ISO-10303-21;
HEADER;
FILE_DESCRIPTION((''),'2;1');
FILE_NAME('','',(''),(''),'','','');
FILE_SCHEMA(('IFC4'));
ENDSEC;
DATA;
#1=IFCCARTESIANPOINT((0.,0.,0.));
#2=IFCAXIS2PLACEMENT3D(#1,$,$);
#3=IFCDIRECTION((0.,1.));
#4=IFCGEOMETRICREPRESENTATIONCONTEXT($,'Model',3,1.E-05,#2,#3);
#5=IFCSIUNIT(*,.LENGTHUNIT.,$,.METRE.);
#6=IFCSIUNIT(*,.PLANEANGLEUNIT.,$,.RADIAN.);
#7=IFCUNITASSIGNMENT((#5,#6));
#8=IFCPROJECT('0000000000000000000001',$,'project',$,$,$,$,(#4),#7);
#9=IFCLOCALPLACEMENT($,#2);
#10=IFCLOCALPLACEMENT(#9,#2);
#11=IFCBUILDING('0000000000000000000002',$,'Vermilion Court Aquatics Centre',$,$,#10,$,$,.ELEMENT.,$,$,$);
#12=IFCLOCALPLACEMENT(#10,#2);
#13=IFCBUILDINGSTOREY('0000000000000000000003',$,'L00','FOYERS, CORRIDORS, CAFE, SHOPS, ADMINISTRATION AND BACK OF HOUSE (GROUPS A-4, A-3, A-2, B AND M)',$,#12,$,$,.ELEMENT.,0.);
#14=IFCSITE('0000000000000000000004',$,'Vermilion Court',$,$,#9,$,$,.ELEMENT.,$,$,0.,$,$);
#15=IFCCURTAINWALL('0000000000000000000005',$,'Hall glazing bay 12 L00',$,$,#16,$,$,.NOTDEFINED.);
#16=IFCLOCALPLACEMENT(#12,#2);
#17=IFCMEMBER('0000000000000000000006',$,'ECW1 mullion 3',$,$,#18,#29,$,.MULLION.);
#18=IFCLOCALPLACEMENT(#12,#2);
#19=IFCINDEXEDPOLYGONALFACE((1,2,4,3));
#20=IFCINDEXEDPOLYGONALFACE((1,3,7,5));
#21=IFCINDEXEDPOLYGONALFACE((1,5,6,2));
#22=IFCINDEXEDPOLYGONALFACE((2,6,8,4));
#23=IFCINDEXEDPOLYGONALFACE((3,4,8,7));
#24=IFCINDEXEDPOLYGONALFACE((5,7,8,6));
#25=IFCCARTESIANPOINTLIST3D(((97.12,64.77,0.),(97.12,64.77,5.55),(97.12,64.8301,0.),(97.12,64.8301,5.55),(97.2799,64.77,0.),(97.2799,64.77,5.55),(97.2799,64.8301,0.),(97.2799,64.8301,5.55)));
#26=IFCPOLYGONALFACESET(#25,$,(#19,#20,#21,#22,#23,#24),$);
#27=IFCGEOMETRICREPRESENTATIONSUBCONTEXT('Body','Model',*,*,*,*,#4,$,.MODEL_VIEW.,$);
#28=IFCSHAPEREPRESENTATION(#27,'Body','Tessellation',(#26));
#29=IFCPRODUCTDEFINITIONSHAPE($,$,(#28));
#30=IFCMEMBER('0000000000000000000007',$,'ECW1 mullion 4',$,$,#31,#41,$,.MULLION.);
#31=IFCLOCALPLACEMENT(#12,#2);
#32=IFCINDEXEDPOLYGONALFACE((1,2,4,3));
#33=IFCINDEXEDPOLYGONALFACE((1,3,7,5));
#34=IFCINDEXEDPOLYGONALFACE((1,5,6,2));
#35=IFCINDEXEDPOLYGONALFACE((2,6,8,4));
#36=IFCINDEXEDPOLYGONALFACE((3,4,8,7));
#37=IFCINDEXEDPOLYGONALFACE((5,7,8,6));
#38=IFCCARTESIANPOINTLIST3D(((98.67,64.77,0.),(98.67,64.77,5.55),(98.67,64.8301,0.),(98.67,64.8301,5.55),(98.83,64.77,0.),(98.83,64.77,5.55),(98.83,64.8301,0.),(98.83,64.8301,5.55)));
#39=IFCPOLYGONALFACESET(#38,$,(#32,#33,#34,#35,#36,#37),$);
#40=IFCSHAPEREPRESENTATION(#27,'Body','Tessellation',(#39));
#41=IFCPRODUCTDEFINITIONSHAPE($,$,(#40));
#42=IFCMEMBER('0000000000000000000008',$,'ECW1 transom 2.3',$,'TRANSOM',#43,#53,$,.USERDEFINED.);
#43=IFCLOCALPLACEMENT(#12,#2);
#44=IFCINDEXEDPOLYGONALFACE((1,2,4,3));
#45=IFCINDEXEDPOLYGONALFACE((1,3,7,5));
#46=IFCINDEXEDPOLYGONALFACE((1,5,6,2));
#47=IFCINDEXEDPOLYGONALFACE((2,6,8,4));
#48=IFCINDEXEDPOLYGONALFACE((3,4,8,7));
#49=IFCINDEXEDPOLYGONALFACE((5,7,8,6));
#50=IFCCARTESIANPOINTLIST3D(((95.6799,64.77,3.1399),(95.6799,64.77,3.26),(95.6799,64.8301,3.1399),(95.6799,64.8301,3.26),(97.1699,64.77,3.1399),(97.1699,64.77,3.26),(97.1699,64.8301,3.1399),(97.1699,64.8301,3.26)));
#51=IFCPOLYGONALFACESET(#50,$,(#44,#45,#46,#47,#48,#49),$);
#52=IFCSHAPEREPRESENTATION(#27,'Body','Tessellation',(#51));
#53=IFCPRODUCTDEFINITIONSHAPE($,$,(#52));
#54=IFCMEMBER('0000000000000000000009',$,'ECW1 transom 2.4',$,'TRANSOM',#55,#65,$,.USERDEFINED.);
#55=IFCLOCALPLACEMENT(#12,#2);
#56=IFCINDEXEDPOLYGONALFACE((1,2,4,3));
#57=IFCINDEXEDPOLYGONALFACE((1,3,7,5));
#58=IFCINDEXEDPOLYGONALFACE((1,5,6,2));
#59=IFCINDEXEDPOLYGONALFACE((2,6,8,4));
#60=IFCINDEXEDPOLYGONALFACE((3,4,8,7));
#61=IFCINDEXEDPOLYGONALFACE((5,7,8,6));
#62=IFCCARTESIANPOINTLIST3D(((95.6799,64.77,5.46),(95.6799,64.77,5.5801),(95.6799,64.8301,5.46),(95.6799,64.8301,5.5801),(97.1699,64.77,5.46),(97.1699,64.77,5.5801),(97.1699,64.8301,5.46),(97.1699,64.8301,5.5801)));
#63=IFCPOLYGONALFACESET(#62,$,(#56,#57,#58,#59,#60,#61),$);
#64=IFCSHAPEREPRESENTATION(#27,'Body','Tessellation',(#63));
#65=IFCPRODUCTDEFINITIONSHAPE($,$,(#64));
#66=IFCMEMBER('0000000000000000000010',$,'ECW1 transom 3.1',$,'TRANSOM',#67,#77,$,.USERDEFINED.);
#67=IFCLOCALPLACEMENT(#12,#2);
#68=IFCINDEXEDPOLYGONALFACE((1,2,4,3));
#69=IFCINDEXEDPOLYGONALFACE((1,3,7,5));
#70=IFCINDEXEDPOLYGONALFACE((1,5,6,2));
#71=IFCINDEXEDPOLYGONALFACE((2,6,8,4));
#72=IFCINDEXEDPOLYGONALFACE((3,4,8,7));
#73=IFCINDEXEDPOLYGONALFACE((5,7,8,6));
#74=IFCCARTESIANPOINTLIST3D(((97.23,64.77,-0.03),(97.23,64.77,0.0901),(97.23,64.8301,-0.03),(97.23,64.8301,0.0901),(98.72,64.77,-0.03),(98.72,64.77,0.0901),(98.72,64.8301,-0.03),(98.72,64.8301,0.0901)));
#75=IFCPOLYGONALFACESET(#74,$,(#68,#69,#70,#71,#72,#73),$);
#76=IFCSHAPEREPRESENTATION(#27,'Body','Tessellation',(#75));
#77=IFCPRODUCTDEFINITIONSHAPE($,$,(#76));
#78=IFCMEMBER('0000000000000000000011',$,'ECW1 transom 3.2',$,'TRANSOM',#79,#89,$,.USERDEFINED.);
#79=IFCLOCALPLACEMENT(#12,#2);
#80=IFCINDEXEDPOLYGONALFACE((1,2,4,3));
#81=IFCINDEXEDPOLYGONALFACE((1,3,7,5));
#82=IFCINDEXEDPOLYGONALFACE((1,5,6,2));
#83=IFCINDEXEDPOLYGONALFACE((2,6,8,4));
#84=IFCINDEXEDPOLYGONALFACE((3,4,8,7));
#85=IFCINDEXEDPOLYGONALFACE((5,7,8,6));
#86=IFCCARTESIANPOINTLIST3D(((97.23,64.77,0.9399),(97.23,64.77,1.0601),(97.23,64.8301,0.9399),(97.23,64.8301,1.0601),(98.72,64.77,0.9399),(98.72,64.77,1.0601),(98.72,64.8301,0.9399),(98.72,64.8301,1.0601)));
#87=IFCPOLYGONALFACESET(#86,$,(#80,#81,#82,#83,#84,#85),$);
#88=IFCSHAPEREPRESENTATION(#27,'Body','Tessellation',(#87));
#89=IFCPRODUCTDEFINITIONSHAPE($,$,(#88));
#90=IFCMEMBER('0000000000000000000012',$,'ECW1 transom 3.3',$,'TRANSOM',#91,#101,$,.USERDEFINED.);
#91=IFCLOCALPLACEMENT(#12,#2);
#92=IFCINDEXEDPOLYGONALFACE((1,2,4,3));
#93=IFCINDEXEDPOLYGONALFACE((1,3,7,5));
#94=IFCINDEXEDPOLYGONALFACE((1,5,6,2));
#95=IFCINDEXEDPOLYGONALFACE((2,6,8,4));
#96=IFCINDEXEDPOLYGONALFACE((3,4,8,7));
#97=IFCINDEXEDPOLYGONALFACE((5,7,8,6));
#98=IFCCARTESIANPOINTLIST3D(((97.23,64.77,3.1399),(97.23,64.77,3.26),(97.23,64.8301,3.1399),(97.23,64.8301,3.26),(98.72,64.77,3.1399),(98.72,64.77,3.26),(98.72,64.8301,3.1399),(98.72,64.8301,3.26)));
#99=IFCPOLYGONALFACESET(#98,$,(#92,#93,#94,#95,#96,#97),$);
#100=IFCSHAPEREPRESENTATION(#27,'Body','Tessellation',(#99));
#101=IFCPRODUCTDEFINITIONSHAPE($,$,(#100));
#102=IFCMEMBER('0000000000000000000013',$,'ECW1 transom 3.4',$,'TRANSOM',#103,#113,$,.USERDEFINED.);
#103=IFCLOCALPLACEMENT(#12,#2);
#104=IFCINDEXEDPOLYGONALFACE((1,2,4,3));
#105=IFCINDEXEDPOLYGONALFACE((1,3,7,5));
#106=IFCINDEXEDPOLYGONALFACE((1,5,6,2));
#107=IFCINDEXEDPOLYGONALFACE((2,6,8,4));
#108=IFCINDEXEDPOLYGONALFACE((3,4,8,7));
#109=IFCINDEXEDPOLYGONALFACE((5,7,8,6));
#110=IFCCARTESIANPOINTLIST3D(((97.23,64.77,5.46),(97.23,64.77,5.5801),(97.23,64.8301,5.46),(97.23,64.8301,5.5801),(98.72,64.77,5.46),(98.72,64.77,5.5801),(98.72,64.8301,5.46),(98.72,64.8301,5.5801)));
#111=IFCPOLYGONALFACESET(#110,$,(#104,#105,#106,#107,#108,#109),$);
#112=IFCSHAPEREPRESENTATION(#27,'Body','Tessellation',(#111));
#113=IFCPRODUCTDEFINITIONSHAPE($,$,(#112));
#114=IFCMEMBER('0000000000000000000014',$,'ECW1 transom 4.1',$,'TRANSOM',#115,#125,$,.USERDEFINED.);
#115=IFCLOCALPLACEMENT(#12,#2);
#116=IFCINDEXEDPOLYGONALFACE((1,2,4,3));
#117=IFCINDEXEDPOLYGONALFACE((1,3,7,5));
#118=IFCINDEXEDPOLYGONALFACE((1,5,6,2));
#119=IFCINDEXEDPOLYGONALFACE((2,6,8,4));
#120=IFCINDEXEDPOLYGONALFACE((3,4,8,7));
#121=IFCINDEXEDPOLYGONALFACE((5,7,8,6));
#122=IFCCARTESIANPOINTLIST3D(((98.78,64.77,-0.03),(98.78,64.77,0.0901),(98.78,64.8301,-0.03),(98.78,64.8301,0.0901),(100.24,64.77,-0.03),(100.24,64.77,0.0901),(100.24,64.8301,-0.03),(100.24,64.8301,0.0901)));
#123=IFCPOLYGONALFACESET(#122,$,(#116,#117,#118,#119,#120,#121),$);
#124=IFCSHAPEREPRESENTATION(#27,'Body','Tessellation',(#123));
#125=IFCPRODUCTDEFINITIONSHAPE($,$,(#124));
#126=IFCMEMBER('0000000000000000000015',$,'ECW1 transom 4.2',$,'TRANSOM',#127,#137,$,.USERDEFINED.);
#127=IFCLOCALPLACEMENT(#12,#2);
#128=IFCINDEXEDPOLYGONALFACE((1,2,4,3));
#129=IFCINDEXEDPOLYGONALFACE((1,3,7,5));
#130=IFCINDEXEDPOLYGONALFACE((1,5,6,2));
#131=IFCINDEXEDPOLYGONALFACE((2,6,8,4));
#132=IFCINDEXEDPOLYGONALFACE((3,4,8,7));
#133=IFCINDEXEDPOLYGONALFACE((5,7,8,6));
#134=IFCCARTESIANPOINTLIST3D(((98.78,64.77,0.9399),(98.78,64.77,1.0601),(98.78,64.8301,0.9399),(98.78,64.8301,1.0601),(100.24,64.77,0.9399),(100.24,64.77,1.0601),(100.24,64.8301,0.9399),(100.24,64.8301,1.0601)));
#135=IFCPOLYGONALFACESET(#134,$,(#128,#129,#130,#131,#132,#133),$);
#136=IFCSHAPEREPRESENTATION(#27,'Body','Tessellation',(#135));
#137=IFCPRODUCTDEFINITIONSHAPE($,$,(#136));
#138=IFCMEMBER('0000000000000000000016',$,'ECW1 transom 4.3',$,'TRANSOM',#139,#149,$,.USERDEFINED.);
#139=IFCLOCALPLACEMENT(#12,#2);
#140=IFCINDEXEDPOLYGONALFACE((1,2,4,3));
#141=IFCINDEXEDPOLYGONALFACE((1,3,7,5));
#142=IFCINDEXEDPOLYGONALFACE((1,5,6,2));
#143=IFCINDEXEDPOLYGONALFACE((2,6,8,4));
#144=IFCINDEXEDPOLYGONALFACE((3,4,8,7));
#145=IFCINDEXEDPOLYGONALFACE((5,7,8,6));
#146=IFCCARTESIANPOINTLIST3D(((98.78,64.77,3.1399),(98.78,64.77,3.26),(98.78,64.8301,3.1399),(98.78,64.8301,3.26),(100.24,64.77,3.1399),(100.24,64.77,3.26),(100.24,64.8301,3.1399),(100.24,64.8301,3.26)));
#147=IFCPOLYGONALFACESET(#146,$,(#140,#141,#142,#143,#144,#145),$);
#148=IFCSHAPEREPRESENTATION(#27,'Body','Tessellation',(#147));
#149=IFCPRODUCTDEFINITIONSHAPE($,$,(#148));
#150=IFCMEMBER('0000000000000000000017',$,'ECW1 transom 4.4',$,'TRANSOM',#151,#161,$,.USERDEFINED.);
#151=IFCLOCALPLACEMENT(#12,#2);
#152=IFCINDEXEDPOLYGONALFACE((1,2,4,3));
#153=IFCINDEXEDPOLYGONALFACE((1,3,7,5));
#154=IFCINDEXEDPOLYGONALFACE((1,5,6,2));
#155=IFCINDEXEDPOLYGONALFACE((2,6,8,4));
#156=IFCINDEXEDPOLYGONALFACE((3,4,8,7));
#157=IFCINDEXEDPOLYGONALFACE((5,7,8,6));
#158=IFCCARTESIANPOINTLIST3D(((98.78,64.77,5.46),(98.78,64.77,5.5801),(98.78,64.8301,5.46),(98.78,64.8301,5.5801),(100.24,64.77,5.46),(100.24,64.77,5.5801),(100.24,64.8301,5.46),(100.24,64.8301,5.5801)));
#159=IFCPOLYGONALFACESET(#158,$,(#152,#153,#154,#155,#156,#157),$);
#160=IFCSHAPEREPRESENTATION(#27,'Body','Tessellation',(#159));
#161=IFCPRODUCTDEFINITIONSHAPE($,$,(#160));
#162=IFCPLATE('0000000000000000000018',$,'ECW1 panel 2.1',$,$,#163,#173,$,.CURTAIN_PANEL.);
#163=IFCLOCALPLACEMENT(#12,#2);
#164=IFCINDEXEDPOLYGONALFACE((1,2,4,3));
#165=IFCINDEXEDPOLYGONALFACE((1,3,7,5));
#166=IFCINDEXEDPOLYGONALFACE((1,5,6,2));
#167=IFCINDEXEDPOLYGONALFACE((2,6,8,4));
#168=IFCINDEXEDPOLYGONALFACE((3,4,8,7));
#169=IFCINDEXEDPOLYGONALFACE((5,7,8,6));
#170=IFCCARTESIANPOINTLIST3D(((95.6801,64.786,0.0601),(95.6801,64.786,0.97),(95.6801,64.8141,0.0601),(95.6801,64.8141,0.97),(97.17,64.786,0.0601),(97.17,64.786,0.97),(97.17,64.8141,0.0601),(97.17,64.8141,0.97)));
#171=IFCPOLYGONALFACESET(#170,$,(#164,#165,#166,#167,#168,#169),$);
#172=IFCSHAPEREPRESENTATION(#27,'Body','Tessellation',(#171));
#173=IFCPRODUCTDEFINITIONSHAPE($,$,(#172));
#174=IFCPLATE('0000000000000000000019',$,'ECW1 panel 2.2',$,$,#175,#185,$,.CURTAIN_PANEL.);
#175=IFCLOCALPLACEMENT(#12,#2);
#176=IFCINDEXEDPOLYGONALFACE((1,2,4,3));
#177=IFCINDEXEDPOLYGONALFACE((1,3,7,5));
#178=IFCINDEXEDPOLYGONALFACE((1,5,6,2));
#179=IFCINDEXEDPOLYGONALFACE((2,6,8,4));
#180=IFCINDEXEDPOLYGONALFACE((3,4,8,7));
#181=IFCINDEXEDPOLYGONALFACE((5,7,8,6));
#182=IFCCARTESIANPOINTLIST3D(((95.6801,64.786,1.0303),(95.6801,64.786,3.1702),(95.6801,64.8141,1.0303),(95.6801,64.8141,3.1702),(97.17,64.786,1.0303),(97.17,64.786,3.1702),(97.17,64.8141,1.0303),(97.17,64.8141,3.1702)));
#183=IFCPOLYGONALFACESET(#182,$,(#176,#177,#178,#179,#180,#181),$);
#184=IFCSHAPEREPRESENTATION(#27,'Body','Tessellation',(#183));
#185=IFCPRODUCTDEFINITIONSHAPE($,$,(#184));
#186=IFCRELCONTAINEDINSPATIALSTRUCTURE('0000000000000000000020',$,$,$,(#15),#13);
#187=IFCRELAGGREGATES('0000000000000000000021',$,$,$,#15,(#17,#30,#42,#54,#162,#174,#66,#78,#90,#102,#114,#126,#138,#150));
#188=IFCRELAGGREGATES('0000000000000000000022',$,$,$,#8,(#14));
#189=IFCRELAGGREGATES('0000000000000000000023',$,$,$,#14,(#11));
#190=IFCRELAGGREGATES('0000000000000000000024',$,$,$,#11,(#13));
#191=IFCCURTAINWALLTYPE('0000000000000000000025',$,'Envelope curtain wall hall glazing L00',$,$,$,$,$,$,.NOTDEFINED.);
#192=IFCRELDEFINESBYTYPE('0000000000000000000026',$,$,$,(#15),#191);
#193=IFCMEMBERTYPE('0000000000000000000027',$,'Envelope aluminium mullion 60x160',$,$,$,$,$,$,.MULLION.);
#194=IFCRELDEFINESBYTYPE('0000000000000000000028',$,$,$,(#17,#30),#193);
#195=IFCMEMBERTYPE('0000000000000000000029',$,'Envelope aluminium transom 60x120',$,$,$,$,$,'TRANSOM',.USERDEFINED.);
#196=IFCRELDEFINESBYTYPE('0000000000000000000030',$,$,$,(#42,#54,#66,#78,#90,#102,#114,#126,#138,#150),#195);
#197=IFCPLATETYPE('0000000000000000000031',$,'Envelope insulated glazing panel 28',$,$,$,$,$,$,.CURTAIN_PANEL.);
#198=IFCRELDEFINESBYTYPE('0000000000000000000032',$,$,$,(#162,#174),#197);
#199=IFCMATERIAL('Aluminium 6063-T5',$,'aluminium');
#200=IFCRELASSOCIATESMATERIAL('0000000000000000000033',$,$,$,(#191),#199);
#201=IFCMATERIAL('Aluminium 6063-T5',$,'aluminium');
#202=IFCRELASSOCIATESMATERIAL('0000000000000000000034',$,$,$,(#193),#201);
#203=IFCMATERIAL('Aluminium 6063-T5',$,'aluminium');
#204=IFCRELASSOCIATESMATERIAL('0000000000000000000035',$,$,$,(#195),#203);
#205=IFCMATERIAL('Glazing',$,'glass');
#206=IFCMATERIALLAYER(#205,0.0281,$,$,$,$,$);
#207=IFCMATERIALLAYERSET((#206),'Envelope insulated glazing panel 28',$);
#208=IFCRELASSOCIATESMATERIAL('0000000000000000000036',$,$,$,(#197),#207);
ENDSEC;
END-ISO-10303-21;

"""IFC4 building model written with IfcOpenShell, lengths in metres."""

from ifc_helpers import new_model, si_unit, direction, frame, origin, origin_2d, place, context, subcontext, project, spatial, rectangle, extrude, material, layer, layer_set, material_profile, profile_set, type_object, element, aggregate, save


model = new_model("IFC4")

# Units and contexts
model_context = context("Model", 3, precision=1e-05, world=origin(), true_north=direction((0.0, 1.0)))
body_context = subcontext(model_context, "Body", "Model", "MODEL_VIEW")
ifc_project = project(units=[si_unit("LENGTHUNIT", "METRE"), si_unit("PLANEANGLEUNIT", "RADIAN")], contexts=[model_context])

# Site, building, storey
site_placement = place(None, origin())
site = spatial("IfcSite", under=ifc_project, at=site_placement, Name="Vermilion Court", CompositionType="ELEMENT", RefElevation=0.0)
building_placement = place(site_placement, origin())
building = spatial("IfcBuilding", under=site, at=building_placement, Name="Vermilion Court Aquatics Centre", CompositionType="ELEMENT")
storey_placement = place(building_placement, origin())
storey = spatial("IfcBuildingStorey", under=building, at=storey_placement, Name="L00", Description="FOYERS, CORRIDORS, CAFE, SHOPS, ADMINISTRATION AND BACK OF HOUSE (GROUPS A-4, A-3, A-2, B AND M)", CompositionType="ELEMENT", Elevation=0.0)

# Curtain wall, members, plates
ifc_material_1 = material(Name="Aluminium 6063-T5", Category="aluminium")
curtain_wall_type = type_object("IfcCurtainWallType", Name="Envelope curtain wall hall glazing L00", PredefinedType="NOTDEFINED", material=ifc_material_1)
curtain_wall_placement = place(storey_placement, origin())
curtain_wall = element("IfcCurtainWall", 1, at=curtain_wall_placement, inside=storey, type_object=curtain_wall_type, Name="Hall glazing bay 12 L00", PredefinedType="NOTDEFINED")
ifc_material_2 = material(Name="Aluminium 6063-T5", Category="aluminium")
ifc_material_profile_1 = material_profile(ifc_material_2, rectangle(XDim=0.0601, YDim=0.1599, at=origin_2d()), Name="AL 60x160")
ifc_profile_set_1 = profile_set([ifc_material_profile_1], Name="Aluminium 6063-T5")
member_type_1 = type_object("IfcMemberType", Name="Envelope aluminium mullion 60x160", PredefinedType="MULLION", material=ifc_profile_set_1)
member_1_placement = place(storey_placement, frame((97.2, 64.8, 0.0), z_axis=(0.0, 0.0, 1.0), x_axis=(0.0, 1.0, 0.0)))
member_1 = element("IfcMember", 2, at=member_1_placement, type_object=member_type_1, Name="ECW1 mullion 3", PredefinedType="MULLION", context=body_context, shape_type="SweptSolid", body=[
    extrude(rectangle(XDim=0.0601, YDim=0.1599, at=origin_2d()), origin(), (0.0, 0.0, 1.0), 5.55),
])
member_2_placement = place(storey_placement, frame((98.75, 64.8, 0.0), z_axis=(0.0, 0.0, 1.0), x_axis=(0.0, 1.0, 0.0)))
member_2 = element("IfcMember", 3, at=member_2_placement, type_object=member_type_1, Name="ECW1 mullion 4", PredefinedType="MULLION", context=body_context, shape_type="SweptSolid", body=[
    extrude(rectangle(XDim=0.0601, YDim=0.1599, at=origin_2d()), origin(), (0.0, 0.0, 1.0), 5.55),
])
ifc_material_3 = material(Name="Aluminium 6063-T5", Category="aluminium")
ifc_material_profile_2 = material_profile(ifc_material_3, rectangle(XDim=0.0601, YDim=0.1201, at=origin_2d()), Name="AL 60x120")
ifc_profile_set_2 = profile_set([ifc_material_profile_2], Name="Aluminium 6063-T5")
member_type_2 = type_object("IfcMemberType", Name="Envelope aluminium transom 60x120", ElementType="TRANSOM", PredefinedType="USERDEFINED", material=ifc_profile_set_2)
member_3_placement = place(storey_placement, frame((95.6799, 64.8, 3.2), z_axis=(1.0, 0.0, 0.0), x_axis=(0.0, 1.0, 0.0)))
member_3 = element("IfcMember", 4, at=member_3_placement, type_object=member_type_2, Name="ECW1 transom 2.3", ObjectType="TRANSOM", PredefinedType="USERDEFINED", context=body_context, shape_type="SweptSolid", body=[
    extrude(rectangle(XDim=0.0601, YDim=0.1201, at=origin_2d()), origin(), (0.0, 0.0, 1.0), 1.49),
])
member_4_placement = place(storey_placement, frame((95.6799, 64.8, 5.52), z_axis=(1.0, 0.0, 0.0), x_axis=(0.0, 1.0, 0.0)))
member_4 = element("IfcMember", 5, at=member_4_placement, type_object=member_type_2, Name="ECW1 transom 2.4", ObjectType="TRANSOM", PredefinedType="USERDEFINED", context=body_context, shape_type="SweptSolid", body=[
    extrude(rectangle(XDim=0.0601, YDim=0.1201, at=origin_2d()), origin(), (0.0, 0.0, 1.0), 1.49),
])
member_5_placement = place(storey_placement, frame((97.23, 64.8, 0.03), z_axis=(1.0, 0.0, 0.0), x_axis=(0.0, 1.0, 0.0)))
member_5 = element("IfcMember", 6, at=member_5_placement, type_object=member_type_2, Name="ECW1 transom 3.1", ObjectType="TRANSOM", PredefinedType="USERDEFINED", context=body_context, shape_type="SweptSolid", body=[
    extrude(rectangle(XDim=0.0601, YDim=0.1201, at=origin_2d()), origin(), (0.0, 0.0, 1.0), 1.49),
])
member_6_placement = place(storey_placement, frame((97.23, 64.8, 1.0), z_axis=(1.0, 0.0, 0.0), x_axis=(0.0, 1.0, 0.0)))
member_6 = element("IfcMember", 7, at=member_6_placement, type_object=member_type_2, Name="ECW1 transom 3.2", ObjectType="TRANSOM", PredefinedType="USERDEFINED", context=body_context, shape_type="SweptSolid", body=[
    extrude(rectangle(XDim=0.0601, YDim=0.1201, at=origin_2d()), origin(), (0.0, 0.0, 1.0), 1.49),
])
member_7_placement = place(storey_placement, frame((97.23, 64.8, 3.2), z_axis=(1.0, 0.0, 0.0), x_axis=(0.0, 1.0, 0.0)))
member_7 = element("IfcMember", 8, at=member_7_placement, type_object=member_type_2, Name="ECW1 transom 3.3", ObjectType="TRANSOM", PredefinedType="USERDEFINED", context=body_context, shape_type="SweptSolid", body=[
    extrude(rectangle(XDim=0.0601, YDim=0.1201, at=origin_2d()), origin(), (0.0, 0.0, 1.0), 1.49),
])
member_8_placement = place(storey_placement, frame((97.23, 64.8, 5.52), z_axis=(1.0, 0.0, 0.0), x_axis=(0.0, 1.0, 0.0)))
member_8 = element("IfcMember", 9, at=member_8_placement, type_object=member_type_2, Name="ECW1 transom 3.4", ObjectType="TRANSOM", PredefinedType="USERDEFINED", context=body_context, shape_type="SweptSolid", body=[
    extrude(rectangle(XDim=0.0601, YDim=0.1201, at=origin_2d()), origin(), (0.0, 0.0, 1.0), 1.49),
])
member_9_placement = place(storey_placement, frame((98.78, 64.8, 0.03), z_axis=(1.0, 0.0, 0.0), x_axis=(0.0, 1.0, 0.0)))
member_9 = element("IfcMember", 10, at=member_9_placement, type_object=member_type_2, Name="ECW1 transom 4.1", ObjectType="TRANSOM", PredefinedType="USERDEFINED", context=body_context, shape_type="SweptSolid", body=[
    extrude(rectangle(XDim=0.0601, YDim=0.1201, at=origin_2d()), origin(), (0.0, 0.0, 1.0), 1.46),
])
member_10_placement = place(storey_placement, frame((98.78, 64.8, 1.0), z_axis=(1.0, 0.0, 0.0), x_axis=(0.0, 1.0, 0.0)))
member_10 = element("IfcMember", 11, at=member_10_placement, type_object=member_type_2, Name="ECW1 transom 4.2", ObjectType="TRANSOM", PredefinedType="USERDEFINED", context=body_context, shape_type="SweptSolid", body=[
    extrude(rectangle(XDim=0.0601, YDim=0.1201, at=origin_2d()), origin(), (0.0, 0.0, 1.0), 1.46),
])
member_11_placement = place(storey_placement, frame((98.78, 64.8, 3.2), z_axis=(1.0, 0.0, 0.0), x_axis=(0.0, 1.0, 0.0)))
member_11 = element("IfcMember", 12, at=member_11_placement, type_object=member_type_2, Name="ECW1 transom 4.3", ObjectType="TRANSOM", PredefinedType="USERDEFINED", context=body_context, shape_type="SweptSolid", body=[
    extrude(rectangle(XDim=0.0601, YDim=0.1201, at=origin_2d()), origin(), (0.0, 0.0, 1.0), 1.46),
])
member_12_placement = place(storey_placement, frame((98.78, 64.8, 5.52), z_axis=(1.0, 0.0, 0.0), x_axis=(0.0, 1.0, 0.0)))
member_12 = element("IfcMember", 13, at=member_12_placement, type_object=member_type_2, Name="ECW1 transom 4.4", ObjectType="TRANSOM", PredefinedType="USERDEFINED", context=body_context, shape_type="SweptSolid", body=[
    extrude(rectangle(XDim=0.0601, YDim=0.1201, at=origin_2d()), origin(), (0.0, 0.0, 1.0), 1.46),
])
ifc_material_4 = material(Name="Glazing", Category="glass")
ifc_layer = layer(ifc_material_4, 0.0281)
ifc_layer_set = layer_set([ifc_layer], Name="Envelope insulated glazing panel 28")
plate_type = type_object("IfcPlateType", Name="Envelope insulated glazing panel 28", PredefinedType="CURTAIN_PANEL", material=ifc_layer_set)
plate_1_placement = place(storey_placement, frame((96.425, 64.8, 0.0601), z_axis=(0.0, 0.0, 1.0), x_axis=(1.0, 0.0, 0.0)))
plate_1 = element("IfcPlate", 14, at=plate_1_placement, type_object=plate_type, Name="ECW1 panel 2.1", PredefinedType="CURTAIN_PANEL", context=body_context, shape_type="SweptSolid", body=[
    extrude(rectangle(XDim=1.49, YDim=0.0281, at=origin_2d()), origin(), (0.0, 0.0, 1.0), 0.9099),
])
plate_2_placement = place(storey_placement, frame((96.425, 64.8, 1.0303), z_axis=(0.0, 0.0, 1.0), x_axis=(1.0, 0.0, 0.0)))
plate_2 = element("IfcPlate", 15, at=plate_2_placement, type_object=plate_type, Name="ECW1 panel 2.2", PredefinedType="CURTAIN_PANEL", context=body_context, shape_type="SweptSolid", body=[
    extrude(rectangle(XDim=1.49, YDim=0.0281, at=origin_2d()), origin(), (0.0, 0.0, 1.0), 2.1399),
])
aggregate(curtain_wall, [member_1, member_2, member_3, member_4, plate_1, plate_2, member_5, member_6, member_7, member_8, member_9, member_10, member_11, member_12])

save(model, "model.ifc")
